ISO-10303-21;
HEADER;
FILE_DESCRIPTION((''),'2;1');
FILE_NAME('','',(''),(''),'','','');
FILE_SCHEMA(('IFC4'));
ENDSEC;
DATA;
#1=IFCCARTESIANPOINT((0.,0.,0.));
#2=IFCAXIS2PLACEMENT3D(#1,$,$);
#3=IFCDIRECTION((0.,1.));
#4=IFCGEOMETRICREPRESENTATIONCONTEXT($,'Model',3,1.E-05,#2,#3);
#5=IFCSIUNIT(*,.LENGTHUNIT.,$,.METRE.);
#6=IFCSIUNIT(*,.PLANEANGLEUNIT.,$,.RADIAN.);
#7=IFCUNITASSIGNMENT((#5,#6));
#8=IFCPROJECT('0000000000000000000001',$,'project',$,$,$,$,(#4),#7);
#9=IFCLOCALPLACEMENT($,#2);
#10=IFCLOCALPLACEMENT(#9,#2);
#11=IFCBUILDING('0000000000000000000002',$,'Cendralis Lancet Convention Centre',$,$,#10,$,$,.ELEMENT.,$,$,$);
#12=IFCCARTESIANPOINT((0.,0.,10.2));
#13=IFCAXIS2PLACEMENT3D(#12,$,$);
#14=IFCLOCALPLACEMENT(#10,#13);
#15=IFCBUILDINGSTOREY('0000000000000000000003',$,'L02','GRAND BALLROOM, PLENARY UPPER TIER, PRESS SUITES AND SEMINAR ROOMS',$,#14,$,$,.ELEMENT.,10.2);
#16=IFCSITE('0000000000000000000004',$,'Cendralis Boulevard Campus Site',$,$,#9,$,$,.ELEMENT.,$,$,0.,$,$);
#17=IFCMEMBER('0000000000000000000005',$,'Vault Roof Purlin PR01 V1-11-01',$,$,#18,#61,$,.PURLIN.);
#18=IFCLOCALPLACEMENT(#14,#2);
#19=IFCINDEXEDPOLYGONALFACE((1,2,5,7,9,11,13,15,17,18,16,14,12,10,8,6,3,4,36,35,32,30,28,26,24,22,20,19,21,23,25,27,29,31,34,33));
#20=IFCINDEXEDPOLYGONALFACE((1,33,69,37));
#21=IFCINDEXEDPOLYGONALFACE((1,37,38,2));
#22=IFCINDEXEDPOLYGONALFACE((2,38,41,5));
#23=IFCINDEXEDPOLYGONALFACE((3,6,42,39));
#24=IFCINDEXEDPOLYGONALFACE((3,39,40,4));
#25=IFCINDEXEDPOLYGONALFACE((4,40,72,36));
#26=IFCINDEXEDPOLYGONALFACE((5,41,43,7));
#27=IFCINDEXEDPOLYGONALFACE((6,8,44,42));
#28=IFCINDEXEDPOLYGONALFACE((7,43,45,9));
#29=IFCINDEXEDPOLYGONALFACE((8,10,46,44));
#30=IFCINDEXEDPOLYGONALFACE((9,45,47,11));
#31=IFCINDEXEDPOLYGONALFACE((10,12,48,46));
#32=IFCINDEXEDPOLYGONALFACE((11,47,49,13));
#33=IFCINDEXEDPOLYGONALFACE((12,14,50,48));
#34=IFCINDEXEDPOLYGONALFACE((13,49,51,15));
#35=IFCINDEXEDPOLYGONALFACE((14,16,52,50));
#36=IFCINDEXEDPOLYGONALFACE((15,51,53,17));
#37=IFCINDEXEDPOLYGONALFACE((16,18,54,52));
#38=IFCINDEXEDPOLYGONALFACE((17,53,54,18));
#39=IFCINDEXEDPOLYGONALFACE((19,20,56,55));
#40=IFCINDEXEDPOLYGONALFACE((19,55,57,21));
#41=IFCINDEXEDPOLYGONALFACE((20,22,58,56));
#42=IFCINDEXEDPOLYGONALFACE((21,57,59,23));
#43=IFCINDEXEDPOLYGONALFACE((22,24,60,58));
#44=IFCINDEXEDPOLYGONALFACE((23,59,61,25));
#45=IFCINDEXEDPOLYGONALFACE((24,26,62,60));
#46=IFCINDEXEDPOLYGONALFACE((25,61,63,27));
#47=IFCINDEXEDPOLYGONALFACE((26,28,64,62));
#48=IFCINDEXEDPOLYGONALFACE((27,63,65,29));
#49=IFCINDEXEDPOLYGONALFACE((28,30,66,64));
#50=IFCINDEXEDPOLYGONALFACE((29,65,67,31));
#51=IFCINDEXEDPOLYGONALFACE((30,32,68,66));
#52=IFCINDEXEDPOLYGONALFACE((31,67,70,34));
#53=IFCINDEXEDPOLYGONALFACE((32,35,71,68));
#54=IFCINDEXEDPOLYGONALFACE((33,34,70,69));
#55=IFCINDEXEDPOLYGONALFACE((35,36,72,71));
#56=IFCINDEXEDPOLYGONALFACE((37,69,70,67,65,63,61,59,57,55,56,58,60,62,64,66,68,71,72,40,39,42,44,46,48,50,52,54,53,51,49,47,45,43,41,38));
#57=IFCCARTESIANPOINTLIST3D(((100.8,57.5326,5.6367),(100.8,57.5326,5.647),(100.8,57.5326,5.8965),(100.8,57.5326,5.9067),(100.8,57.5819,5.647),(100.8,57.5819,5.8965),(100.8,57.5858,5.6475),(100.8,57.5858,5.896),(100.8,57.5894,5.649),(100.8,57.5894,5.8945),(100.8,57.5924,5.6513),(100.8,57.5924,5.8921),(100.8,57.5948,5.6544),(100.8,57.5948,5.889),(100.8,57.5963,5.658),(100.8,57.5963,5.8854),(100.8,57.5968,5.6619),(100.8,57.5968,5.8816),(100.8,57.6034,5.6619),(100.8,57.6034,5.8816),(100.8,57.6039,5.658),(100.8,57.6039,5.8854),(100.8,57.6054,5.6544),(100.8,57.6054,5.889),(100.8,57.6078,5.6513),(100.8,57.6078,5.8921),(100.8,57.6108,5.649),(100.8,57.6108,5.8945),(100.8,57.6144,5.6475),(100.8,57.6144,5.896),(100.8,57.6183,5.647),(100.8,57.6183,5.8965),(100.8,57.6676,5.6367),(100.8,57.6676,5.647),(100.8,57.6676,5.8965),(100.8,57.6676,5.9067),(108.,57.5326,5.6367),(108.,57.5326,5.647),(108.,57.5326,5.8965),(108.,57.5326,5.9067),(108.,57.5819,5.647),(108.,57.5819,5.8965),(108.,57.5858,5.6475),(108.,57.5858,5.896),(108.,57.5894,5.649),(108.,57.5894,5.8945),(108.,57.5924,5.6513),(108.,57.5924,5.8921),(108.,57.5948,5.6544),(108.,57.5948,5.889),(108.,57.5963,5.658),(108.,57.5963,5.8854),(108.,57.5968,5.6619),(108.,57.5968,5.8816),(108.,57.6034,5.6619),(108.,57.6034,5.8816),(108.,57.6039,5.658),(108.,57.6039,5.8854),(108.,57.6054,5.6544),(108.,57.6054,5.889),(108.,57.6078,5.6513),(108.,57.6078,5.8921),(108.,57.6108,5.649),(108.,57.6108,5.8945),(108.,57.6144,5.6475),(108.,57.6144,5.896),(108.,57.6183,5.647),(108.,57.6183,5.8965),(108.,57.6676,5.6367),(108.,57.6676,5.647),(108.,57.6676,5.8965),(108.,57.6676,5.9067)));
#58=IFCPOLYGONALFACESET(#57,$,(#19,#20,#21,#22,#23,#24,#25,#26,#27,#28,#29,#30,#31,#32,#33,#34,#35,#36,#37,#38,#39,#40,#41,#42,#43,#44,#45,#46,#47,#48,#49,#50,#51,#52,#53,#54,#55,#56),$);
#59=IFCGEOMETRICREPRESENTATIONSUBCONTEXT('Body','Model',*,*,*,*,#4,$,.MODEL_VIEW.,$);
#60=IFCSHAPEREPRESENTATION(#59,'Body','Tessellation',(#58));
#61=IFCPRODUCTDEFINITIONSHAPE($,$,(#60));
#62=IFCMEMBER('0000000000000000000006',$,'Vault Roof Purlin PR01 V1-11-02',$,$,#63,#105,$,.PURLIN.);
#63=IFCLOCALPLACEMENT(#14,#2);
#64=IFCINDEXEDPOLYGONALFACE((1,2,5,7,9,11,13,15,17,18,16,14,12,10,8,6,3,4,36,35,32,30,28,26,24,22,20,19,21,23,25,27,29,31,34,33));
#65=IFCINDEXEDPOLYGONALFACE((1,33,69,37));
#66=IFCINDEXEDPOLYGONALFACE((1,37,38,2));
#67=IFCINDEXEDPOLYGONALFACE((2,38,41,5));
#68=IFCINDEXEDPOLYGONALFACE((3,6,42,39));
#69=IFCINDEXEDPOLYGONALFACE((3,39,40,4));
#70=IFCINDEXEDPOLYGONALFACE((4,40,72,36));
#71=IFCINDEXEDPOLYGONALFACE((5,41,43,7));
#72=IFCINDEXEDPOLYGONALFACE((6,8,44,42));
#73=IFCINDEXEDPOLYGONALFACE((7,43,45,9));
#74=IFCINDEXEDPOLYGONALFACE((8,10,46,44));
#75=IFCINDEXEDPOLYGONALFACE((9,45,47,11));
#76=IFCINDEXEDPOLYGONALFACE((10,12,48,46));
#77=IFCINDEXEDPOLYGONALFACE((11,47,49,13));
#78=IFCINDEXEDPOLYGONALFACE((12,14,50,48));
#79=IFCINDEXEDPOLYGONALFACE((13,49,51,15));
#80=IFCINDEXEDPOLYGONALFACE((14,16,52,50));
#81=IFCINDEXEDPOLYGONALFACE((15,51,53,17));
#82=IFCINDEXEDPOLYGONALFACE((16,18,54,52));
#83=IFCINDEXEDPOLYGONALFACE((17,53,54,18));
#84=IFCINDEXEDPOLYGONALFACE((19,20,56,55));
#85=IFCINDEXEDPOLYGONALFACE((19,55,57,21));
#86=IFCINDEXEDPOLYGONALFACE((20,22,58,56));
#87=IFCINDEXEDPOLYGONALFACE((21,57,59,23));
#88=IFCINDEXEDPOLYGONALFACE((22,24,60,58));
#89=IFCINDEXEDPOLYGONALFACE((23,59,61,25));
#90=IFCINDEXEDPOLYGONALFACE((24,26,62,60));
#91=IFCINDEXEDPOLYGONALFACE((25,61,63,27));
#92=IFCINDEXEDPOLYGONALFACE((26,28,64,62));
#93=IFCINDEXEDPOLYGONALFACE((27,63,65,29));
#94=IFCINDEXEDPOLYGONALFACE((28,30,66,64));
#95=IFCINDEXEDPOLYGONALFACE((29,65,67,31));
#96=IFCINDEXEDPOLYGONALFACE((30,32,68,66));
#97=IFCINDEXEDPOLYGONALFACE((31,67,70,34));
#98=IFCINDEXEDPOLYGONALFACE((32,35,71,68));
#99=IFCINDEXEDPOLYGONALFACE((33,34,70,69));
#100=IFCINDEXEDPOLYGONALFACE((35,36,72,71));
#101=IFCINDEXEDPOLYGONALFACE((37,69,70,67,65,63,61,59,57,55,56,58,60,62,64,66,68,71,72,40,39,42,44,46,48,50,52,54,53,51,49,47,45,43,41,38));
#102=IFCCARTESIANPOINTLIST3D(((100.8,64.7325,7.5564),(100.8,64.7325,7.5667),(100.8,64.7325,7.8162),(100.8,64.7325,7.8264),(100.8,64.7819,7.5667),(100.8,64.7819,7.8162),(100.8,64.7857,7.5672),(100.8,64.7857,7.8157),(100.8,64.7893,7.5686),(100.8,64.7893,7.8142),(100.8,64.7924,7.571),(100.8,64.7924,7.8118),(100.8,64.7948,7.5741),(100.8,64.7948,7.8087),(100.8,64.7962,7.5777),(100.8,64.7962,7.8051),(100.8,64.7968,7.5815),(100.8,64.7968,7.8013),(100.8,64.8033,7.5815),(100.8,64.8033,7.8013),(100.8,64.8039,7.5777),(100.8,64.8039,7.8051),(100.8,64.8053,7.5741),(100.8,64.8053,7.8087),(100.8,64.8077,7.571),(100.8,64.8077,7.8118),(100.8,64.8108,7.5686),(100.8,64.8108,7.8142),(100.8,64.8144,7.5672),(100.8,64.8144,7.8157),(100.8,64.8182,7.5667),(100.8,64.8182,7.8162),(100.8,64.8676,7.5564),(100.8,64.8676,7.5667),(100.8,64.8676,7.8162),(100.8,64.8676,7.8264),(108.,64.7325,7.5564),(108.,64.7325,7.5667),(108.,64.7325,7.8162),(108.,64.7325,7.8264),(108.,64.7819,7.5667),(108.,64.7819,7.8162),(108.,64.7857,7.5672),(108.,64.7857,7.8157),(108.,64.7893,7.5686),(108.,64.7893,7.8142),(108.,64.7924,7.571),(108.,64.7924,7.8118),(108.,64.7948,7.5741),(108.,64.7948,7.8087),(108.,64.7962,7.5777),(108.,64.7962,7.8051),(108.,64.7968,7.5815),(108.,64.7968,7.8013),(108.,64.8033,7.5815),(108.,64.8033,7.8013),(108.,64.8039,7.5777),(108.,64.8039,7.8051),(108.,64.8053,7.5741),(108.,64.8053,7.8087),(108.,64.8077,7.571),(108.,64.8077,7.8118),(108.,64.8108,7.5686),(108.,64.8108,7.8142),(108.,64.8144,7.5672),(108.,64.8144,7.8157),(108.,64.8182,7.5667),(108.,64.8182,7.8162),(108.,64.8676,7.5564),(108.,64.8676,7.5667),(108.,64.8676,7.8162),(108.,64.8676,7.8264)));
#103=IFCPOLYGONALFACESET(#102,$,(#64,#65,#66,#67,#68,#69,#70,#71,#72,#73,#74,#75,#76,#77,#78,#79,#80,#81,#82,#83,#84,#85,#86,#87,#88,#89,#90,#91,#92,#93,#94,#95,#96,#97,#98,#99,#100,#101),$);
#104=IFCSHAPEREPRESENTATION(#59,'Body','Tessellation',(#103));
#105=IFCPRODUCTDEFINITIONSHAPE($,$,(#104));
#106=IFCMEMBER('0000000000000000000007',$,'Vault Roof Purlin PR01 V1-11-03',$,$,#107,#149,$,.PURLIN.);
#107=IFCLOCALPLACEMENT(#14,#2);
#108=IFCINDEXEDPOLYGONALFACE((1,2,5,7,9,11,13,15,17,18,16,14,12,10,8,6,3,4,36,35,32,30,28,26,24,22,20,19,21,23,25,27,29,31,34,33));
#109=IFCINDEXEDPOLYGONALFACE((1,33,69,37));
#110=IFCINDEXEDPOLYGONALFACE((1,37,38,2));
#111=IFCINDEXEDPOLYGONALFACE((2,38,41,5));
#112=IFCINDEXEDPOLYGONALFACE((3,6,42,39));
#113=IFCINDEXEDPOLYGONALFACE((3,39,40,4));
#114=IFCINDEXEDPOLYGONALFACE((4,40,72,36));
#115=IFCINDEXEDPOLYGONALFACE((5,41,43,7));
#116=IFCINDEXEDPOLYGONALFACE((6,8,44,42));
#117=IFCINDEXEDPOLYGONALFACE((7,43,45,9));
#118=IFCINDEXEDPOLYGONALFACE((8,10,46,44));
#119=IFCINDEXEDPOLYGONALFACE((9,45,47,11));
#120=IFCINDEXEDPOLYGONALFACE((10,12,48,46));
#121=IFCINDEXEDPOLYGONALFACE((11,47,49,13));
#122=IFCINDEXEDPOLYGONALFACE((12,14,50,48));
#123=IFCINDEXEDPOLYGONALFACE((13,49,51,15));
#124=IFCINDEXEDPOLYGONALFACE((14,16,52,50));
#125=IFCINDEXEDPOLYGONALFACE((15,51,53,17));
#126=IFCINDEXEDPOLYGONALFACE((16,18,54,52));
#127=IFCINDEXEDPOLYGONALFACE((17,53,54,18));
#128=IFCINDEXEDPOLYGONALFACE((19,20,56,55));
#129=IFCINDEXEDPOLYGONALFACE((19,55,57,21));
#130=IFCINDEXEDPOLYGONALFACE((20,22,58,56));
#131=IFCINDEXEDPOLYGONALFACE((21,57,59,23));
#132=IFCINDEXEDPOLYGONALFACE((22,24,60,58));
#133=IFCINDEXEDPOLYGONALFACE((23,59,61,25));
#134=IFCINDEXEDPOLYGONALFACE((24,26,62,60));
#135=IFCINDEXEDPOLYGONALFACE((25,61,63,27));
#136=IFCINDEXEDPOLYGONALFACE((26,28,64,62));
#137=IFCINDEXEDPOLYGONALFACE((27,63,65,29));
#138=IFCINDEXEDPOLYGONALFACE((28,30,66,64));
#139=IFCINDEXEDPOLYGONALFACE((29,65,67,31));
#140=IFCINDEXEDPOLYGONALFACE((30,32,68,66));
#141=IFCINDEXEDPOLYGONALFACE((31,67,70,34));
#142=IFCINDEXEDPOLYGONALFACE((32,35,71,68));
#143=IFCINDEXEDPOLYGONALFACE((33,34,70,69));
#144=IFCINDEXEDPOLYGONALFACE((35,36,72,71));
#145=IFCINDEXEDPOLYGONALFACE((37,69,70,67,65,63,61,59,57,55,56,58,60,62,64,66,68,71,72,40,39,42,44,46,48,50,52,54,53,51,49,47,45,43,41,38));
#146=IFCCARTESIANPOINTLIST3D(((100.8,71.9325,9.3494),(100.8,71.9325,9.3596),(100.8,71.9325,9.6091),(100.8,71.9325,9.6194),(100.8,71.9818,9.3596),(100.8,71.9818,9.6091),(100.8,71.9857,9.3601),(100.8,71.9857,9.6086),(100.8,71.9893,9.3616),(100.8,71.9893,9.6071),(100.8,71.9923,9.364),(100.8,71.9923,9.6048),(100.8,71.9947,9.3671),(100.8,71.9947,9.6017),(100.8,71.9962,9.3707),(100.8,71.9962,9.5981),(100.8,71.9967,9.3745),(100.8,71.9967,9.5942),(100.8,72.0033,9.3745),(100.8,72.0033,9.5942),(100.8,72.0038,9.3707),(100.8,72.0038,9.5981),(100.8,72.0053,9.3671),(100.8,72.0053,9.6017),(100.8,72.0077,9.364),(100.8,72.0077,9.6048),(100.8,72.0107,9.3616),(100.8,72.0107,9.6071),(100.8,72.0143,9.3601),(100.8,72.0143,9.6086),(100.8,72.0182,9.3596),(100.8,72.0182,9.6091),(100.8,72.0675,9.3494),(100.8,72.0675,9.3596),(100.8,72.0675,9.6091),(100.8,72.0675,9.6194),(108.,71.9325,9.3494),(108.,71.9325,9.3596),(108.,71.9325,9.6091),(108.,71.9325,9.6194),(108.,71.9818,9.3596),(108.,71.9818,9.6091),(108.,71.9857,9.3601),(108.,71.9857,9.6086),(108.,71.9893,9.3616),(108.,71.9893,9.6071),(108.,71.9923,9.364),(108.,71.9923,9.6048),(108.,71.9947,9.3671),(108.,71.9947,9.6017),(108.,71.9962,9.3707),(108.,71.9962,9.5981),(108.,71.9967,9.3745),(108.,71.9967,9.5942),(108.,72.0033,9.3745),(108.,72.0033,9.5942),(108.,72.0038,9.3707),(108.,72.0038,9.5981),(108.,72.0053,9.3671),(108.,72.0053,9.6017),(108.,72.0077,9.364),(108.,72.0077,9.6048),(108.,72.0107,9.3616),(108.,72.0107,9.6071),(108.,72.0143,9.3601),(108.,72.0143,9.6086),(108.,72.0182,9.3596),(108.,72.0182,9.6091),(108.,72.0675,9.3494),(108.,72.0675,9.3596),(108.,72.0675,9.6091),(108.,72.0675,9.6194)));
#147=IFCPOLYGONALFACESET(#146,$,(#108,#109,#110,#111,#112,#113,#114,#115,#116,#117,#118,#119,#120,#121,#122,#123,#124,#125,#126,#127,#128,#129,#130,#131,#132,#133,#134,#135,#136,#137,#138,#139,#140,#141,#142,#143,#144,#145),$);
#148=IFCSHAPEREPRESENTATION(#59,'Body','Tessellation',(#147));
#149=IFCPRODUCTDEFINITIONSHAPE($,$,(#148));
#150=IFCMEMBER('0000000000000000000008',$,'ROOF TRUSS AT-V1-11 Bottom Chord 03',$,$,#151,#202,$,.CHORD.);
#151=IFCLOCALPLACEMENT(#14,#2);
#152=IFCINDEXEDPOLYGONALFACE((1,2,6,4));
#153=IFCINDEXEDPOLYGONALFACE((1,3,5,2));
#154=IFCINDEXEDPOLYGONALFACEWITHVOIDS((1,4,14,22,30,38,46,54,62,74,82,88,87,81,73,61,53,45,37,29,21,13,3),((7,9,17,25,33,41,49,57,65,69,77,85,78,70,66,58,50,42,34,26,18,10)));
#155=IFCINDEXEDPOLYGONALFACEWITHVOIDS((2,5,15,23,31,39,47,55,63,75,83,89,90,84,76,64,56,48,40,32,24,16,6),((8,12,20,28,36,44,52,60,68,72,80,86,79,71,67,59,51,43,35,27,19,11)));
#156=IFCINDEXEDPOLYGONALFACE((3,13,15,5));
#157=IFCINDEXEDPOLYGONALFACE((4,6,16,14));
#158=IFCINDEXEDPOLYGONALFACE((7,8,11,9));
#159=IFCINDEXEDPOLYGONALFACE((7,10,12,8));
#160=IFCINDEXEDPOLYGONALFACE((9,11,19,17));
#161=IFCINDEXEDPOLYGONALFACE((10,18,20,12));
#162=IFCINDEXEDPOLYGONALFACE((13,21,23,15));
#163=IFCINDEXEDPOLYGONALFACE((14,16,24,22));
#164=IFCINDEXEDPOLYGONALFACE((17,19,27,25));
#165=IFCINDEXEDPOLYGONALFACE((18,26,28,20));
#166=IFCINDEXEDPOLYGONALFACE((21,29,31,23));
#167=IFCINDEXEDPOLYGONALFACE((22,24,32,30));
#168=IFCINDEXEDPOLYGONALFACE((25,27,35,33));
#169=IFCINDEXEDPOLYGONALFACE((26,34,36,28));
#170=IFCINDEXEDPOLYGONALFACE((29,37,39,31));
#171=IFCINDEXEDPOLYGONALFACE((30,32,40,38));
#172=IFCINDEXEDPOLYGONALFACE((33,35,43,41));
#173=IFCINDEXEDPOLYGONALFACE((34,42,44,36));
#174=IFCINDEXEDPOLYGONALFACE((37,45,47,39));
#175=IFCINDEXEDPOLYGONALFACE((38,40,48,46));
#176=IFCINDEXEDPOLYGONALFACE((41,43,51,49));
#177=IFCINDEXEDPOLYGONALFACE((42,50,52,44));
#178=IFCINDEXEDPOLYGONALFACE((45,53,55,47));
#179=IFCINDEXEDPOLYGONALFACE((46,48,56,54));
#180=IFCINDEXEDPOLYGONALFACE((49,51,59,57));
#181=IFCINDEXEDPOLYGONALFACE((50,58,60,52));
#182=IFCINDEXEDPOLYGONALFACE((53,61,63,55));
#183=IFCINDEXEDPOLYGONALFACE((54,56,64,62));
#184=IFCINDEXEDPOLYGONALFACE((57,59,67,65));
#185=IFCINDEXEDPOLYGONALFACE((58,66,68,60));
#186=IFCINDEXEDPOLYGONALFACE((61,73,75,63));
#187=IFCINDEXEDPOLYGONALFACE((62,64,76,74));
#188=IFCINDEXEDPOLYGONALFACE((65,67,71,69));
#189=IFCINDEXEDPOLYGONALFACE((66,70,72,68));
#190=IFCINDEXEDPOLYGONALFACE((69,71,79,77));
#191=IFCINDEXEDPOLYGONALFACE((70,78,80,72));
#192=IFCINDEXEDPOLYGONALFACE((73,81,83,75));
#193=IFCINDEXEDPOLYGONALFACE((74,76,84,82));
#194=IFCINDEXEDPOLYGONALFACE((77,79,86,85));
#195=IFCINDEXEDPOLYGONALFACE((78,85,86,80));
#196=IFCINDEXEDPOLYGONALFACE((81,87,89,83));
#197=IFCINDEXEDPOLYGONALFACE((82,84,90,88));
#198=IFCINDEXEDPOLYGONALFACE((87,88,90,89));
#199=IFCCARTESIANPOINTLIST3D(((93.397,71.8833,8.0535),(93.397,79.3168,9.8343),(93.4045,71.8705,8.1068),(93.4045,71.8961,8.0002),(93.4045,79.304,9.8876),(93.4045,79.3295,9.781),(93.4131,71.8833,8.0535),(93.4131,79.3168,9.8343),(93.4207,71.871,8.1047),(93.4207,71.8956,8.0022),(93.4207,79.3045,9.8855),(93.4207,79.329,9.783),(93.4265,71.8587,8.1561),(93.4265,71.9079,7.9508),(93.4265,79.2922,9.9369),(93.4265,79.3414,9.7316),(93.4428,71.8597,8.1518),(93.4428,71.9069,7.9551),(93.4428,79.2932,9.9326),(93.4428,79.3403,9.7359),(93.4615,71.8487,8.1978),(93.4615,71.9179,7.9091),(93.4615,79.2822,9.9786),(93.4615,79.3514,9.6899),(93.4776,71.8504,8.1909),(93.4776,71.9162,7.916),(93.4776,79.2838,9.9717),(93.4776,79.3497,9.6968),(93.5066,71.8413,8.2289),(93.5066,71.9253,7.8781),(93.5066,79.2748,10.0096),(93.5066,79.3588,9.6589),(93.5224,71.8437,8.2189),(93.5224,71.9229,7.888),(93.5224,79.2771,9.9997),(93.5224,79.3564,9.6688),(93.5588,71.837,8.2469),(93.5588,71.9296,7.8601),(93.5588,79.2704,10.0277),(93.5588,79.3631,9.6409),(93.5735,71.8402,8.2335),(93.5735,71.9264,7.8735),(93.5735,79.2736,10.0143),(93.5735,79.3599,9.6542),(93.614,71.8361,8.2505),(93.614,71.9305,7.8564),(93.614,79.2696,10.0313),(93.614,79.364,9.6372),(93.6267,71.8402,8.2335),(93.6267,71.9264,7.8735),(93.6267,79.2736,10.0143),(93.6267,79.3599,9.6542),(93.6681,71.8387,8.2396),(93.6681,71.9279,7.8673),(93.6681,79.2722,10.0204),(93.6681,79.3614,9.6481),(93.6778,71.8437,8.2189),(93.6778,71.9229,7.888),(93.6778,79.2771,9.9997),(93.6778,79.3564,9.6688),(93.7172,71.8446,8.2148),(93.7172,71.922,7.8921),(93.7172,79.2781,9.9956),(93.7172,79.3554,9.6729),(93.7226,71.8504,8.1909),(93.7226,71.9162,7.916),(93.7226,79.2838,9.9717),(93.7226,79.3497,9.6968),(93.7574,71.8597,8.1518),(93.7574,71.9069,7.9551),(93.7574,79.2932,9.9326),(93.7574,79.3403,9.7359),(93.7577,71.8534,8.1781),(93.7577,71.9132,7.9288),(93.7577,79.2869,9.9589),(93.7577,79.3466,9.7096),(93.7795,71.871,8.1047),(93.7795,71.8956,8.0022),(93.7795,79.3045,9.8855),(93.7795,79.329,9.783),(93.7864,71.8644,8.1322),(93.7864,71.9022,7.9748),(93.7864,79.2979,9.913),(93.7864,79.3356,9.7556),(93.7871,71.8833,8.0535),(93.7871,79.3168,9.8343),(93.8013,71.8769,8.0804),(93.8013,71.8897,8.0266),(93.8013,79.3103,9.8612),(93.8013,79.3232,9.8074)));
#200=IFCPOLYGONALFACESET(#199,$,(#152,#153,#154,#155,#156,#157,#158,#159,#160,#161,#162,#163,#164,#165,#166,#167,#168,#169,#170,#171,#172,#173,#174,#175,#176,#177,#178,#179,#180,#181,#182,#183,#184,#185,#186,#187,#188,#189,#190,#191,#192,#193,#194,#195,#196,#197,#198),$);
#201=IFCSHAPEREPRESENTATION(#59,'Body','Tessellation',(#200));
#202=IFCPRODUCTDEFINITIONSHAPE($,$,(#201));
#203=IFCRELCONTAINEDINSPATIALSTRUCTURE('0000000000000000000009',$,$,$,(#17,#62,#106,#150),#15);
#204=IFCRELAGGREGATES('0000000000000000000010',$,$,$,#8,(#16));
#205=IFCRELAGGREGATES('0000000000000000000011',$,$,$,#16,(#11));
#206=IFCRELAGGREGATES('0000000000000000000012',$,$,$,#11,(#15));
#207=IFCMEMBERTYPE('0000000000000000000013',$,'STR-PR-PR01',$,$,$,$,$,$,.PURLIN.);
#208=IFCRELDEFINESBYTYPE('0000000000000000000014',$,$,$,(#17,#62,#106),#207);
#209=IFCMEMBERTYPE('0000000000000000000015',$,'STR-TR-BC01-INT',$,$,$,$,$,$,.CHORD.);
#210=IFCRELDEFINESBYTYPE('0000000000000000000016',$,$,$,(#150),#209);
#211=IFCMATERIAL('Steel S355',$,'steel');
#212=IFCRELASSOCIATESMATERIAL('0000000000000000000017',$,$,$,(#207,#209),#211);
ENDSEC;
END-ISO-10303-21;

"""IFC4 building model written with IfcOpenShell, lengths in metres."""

from ifc_helpers import new_model, si_unit, direction, frame, origin, origin_2d, place, context, subcontext, project, spatial, hollow_circle, i_section, extrude, material, material_profile, profile_set, type_object, element, save


model = new_model("IFC4")

# Units and contexts
model_context = context("Model", 3, precision=1e-05, world=origin(), true_north=direction((0.0, 1.0)))
body_context = subcontext(model_context, "Body", "Model", "MODEL_VIEW")
ifc_project = project(units=[si_unit("LENGTHUNIT", "METRE"), si_unit("PLANEANGLEUNIT", "RADIAN")], contexts=[model_context])

# Site, building, storey
site_placement = place(None, origin())
site = spatial("IfcSite", under=ifc_project, at=site_placement, Name="Cendralis Boulevard Campus Site", CompositionType="ELEMENT", RefElevation=0.0)
building_placement = place(site_placement, origin())
building = spatial("IfcBuilding", under=site, at=building_placement, Name="Cendralis Lancet Convention Centre", CompositionType="ELEMENT")
storey_placement = place(building_placement, frame((0.0, 0.0, 10.2)))
storey = spatial("IfcBuildingStorey", under=building, at=storey_placement, Name="L02", Description="GRAND BALLROOM, PLENARY UPPER TIER, PRESS SUITES AND SEMINAR ROOMS", CompositionType="ELEMENT", Elevation=10.2)

# Members
ifc_material = material(Name="Steel S355", Category="steel")
ifc_material_profile_1 = material_profile(ifc_material, i_section(OverallWidth=0.135, OverallDepth=0.27, WebThickness=0.0066, FlangeThickness=0.0103, FilletRadius=0.0149, at=origin_2d()), Name="IPE 270")
ifc_profile_set_1 = profile_set([ifc_material_profile_1], Name="Steel S355")
member_type_1 = type_object("IfcMemberType", Name="STR-PR-PR01", PredefinedType="PURLIN", material=ifc_profile_set_1)
for number, where, z_axis, x_axis, name in (
    (1, (100.8, 57.6001, 5.7717), (1.0, 0.0, 0.0), (0.0, 1.0, 0.0), "Vault Roof Purlin PR01 V1-11-01"),
    (2, (100.8, 64.8, 7.6914), (1.0, 0.0, 0.0), (0.0, 1.0, 0.0), "Vault Roof Purlin PR01 V1-11-02"),
    (3, (100.8, 72.0, 9.4844), (1.0, 0.0, 0.0), (0.0, 1.0, 0.0), "Vault Roof Purlin PR01 V1-11-03"),
):
    element("IfcMember", number, at=place(storey_placement, frame(where, z_axis=z_axis, x_axis=x_axis)), inside=storey, type_object=member_type_1, Name=name, PredefinedType="PURLIN", context=body_context, shape_type="SweptSolid", body=[
        extrude(i_section(OverallWidth=0.135, OverallDepth=0.27, WebThickness=0.0066, FlangeThickness=0.0103, FilletRadius=0.0149, at=origin_2d()), origin(), (0.0, 0.0, 1.0), 7.2),
    ])
ifc_material_profile_2 = material_profile(ifc_material, hollow_circle(Radius=0.2031, WallThickness=0.0161, at=origin_2d()), Name="CHS 406.4x16.0")
ifc_profile_set_2 = profile_set([ifc_material_profile_2], Name="Steel S355")
member_type_2 = type_object("IfcMemberType", Name="STR-TR-BC01-INT", PredefinedType="CHORD", material=ifc_profile_set_2)
member_1_placement = place(storey_placement, frame((93.6001, 71.8833, 8.0535), z_axis=(0.0, 0.972483, 0.232972), x_axis=(-1.0, 0.0, 0.0)))
element("IfcMember", 4, at=member_1_placement, inside=storey, type_object=member_type_2, Name="ROOF TRUSS AT-V1-11 Bottom Chord 03", PredefinedType="CHORD", context=body_context, shape_type="SweptSolid", body=[
    extrude(hollow_circle(Radius=0.2031, WallThickness=0.0161, at=origin_2d()), origin(), (0.0, 0.0, 1.0), 7.6438),
])

save(model, "model.ifc")
